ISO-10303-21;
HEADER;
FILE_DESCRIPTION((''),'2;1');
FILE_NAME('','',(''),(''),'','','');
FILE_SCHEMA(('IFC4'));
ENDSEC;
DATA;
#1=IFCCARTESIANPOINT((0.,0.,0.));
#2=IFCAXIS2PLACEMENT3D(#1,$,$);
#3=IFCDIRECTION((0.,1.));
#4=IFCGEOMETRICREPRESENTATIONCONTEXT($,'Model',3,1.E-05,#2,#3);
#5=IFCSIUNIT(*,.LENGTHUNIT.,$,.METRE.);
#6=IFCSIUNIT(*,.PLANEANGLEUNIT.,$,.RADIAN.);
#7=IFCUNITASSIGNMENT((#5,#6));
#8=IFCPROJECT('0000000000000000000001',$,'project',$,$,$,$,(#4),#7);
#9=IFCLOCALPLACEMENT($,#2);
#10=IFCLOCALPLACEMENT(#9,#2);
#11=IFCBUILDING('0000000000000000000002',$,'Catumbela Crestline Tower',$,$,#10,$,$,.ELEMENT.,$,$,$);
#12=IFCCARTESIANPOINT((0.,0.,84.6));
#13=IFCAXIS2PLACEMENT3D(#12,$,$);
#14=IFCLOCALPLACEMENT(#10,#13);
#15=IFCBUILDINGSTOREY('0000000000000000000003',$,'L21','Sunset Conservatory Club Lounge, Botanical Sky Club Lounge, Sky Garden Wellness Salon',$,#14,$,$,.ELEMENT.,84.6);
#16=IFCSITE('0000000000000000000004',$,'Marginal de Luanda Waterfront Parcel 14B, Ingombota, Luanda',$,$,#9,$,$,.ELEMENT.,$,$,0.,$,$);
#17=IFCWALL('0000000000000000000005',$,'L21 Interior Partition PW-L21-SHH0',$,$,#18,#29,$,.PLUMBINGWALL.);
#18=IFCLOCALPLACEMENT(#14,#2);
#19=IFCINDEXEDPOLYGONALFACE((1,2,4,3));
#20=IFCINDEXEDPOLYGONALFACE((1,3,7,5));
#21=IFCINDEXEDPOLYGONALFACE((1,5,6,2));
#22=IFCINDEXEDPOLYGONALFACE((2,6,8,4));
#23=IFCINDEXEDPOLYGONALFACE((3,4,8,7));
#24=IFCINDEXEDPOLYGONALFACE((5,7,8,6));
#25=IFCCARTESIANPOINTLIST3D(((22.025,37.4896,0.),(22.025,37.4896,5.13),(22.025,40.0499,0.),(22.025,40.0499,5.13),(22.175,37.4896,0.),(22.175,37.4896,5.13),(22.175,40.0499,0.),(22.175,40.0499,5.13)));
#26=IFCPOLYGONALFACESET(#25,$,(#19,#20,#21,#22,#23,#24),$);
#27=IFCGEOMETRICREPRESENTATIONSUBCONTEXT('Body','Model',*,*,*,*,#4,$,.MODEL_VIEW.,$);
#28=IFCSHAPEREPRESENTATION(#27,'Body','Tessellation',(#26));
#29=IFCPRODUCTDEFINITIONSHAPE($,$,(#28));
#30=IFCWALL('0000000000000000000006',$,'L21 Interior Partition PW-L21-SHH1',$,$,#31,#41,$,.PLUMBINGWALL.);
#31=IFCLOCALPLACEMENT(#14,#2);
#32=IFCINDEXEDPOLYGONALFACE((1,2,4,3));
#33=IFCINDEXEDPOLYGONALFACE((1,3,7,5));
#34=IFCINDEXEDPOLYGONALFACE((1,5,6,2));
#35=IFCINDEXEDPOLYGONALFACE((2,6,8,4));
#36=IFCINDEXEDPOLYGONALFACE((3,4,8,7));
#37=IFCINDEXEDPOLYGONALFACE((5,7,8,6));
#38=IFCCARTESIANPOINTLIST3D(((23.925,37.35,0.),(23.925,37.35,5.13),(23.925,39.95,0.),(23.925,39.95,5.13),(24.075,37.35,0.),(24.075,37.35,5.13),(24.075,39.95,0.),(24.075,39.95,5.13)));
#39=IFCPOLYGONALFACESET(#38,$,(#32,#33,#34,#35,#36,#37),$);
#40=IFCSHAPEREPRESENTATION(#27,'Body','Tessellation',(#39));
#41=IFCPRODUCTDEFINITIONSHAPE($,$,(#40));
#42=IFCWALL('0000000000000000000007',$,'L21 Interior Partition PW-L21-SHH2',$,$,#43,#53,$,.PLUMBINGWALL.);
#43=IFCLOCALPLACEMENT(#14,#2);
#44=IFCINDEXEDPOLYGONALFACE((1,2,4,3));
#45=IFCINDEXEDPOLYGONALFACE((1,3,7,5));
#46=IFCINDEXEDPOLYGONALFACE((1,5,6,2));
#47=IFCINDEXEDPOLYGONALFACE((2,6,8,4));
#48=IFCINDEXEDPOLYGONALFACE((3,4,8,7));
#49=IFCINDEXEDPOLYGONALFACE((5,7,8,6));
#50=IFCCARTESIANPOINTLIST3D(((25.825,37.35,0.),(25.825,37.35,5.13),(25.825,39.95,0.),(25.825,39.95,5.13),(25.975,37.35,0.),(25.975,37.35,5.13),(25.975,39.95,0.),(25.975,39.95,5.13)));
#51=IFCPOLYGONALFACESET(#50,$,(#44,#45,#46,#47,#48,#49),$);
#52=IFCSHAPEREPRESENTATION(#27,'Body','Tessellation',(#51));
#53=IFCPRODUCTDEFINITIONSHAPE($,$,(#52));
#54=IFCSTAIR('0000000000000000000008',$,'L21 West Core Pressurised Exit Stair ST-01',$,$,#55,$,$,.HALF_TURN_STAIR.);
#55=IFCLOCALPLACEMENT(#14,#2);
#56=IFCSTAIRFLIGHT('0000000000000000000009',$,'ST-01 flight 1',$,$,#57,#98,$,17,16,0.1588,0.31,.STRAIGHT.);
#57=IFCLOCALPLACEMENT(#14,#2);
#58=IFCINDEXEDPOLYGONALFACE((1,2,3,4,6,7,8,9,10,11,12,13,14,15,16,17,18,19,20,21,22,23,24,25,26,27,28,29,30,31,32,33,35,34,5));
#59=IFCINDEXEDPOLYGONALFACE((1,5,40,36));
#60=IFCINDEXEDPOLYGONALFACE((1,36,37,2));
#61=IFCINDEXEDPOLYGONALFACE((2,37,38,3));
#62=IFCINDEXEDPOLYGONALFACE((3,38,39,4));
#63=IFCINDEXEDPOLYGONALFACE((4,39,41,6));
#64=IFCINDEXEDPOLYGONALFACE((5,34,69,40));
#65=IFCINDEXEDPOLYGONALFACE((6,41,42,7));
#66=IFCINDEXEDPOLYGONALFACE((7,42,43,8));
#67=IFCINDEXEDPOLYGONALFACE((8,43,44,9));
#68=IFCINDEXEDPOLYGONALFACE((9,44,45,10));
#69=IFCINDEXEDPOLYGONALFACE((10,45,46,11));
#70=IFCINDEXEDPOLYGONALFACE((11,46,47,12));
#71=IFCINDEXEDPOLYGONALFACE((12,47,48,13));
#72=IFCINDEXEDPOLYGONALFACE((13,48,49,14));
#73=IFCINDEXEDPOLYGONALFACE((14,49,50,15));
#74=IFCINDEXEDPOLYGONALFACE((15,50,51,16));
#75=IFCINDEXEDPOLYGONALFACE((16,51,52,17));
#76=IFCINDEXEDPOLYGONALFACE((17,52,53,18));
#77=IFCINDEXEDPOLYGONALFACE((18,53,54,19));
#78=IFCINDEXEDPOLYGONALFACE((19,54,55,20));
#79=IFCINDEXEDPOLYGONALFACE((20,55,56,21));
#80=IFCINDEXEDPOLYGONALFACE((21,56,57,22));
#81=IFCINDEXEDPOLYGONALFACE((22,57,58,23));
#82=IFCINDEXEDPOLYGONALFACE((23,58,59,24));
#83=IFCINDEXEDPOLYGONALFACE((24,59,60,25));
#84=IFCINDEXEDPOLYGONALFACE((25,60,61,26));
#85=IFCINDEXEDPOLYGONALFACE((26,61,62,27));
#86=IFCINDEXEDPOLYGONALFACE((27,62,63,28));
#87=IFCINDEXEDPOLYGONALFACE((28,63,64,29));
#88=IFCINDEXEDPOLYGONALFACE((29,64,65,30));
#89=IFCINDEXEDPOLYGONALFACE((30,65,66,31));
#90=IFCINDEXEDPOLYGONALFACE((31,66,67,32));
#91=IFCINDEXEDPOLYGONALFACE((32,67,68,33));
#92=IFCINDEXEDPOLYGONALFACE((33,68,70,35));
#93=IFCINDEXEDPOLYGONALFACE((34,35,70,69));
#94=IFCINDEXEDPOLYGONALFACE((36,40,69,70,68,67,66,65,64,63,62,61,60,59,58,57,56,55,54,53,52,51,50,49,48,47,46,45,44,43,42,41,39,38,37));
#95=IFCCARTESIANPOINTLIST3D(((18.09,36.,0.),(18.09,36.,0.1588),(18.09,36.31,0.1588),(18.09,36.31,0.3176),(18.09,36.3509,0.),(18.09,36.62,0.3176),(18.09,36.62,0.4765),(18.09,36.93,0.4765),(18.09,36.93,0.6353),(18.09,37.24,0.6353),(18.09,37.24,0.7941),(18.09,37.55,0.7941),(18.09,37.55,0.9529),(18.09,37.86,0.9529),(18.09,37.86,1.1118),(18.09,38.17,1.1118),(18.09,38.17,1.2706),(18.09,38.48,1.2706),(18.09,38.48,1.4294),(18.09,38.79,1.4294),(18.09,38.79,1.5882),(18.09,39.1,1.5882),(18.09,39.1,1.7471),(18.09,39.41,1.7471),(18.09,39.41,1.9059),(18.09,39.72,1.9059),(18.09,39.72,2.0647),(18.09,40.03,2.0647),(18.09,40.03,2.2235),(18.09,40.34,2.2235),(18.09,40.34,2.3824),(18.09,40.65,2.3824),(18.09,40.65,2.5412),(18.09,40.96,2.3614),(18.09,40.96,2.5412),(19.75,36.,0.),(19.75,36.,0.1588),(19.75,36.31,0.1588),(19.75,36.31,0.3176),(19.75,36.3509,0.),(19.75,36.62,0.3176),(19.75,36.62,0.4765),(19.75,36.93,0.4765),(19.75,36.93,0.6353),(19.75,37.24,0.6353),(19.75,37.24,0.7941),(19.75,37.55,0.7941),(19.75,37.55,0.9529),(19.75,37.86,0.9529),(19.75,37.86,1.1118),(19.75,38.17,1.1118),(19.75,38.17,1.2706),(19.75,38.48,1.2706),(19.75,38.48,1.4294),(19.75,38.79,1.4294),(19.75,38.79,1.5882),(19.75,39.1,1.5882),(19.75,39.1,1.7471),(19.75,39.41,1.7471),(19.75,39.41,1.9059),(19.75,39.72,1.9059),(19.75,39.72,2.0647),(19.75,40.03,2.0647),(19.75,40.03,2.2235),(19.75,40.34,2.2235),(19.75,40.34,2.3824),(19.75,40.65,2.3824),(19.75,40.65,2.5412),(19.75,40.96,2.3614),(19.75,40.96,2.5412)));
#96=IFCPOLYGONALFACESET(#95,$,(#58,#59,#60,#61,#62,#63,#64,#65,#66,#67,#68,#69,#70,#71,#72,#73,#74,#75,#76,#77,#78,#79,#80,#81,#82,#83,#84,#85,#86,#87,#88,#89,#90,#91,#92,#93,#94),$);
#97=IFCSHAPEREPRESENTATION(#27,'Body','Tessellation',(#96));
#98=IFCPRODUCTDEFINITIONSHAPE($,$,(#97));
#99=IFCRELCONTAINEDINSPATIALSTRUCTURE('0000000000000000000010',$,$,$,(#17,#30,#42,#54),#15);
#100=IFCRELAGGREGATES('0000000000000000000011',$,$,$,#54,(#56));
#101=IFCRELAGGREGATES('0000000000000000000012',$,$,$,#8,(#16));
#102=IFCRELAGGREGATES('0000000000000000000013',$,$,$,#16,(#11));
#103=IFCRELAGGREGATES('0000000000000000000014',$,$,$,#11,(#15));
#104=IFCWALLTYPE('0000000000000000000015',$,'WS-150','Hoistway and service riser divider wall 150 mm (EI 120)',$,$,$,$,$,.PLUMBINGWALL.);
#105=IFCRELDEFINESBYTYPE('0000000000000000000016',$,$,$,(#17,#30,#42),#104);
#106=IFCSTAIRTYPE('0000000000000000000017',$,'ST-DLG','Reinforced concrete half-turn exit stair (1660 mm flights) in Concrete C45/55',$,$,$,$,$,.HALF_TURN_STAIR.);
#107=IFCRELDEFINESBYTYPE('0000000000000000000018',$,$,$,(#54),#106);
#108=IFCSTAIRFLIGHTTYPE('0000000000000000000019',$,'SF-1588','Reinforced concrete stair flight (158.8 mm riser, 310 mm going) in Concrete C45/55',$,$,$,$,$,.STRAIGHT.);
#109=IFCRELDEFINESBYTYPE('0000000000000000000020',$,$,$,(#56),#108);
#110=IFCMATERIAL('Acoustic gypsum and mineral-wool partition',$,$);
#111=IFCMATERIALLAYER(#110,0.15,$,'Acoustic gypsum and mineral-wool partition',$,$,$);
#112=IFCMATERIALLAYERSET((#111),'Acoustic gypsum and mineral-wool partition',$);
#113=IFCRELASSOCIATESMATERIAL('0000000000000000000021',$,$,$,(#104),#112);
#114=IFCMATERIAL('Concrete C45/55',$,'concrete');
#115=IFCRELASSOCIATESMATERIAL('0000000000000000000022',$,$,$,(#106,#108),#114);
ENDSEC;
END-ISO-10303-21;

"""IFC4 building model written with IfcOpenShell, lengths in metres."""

from ifc_helpers import new_model, si_unit, direction, frame, frame_2d, origin, place, context, subcontext, project, spatial, polyline, rectangle, outline, extrude, material, layer, layer_set, type_object, element, aggregate, save


model = new_model("IFC4")

# Units and contexts
model_context = context("Model", 3, precision=1e-05, world=origin(), true_north=direction((0.0, 1.0)))
body_context = subcontext(model_context, "Body", "Model", "MODEL_VIEW")
ifc_project = project(units=[si_unit("LENGTHUNIT", "METRE"), si_unit("PLANEANGLEUNIT", "RADIAN")], contexts=[model_context])

# Site, building, storey
site_placement = place(None, origin())
site = spatial("IfcSite", under=ifc_project, at=site_placement, Name="Marginal de Luanda Waterfront Parcel 14B, Ingombota, Luanda", CompositionType="ELEMENT", RefElevation=0.0)
building_placement = place(site_placement, origin())
building = spatial("IfcBuilding", under=site, at=building_placement, Name="Catumbela Crestline Tower", CompositionType="ELEMENT")
storey_placement = place(building_placement, frame((0.0, 0.0, 84.6)))
storey = spatial("IfcBuildingStorey", under=building, at=storey_placement, Name="L21", Description="Sunset Conservatory Club Lounge, Botanical Sky Club Lounge, Sky Garden Wellness Salon", CompositionType="ELEMENT", Elevation=84.6)

# Shared definitions
ifc_material_1 = material(Name="Acoustic gypsum and mineral-wool partition")

# Walls
ifc_layer_1 = layer(ifc_material_1, 0.15, Name="Acoustic gypsum and mineral-wool partition")
ifc_layer_set_1 = layer_set([ifc_layer_1], Name="Acoustic gypsum and mineral-wool partition")
wall_type_1 = type_object("IfcWallType", Name="WS-150", Description="Hoistway and service riser divider wall 150 mm (EI 120)", PredefinedType="PLUMBINGWALL", material=ifc_layer_set_1)
wall_1_placement = place(storey_placement, frame((22.1, 37.4897, 0.0), z_axis=(0.0, 0.0, 1.0), x_axis=(0.0, 1.0, 0.0)))
element("IfcWall", 1, at=wall_1_placement, inside=storey, type_object=wall_type_1, Name="L21 Interior Partition PW-L21-SHH0", PredefinedType="PLUMBINGWALL", context=body_context, shape_type="SweptSolid", body=[
    extrude(rectangle(XDim=2.5603, YDim=0.15, at=frame_2d((1.2801, 0.0))), origin(), (0.0, 0.0, 1.0), 5.13),
])
for number, where, z_axis, x_axis, name in (
    (2, (24.0, 37.35, 0.0), (0.0, 0.0, 1.0), (0.0, 1.0, 0.0), "L21 Interior Partition PW-L21-SHH1"),
    (3, (25.9, 37.35, 0.0), (0.0, 0.0, 1.0), (0.0, 1.0, 0.0), "L21 Interior Partition PW-L21-SHH2"),
):
    element("IfcWall", number, at=place(storey_placement, frame(where, z_axis=z_axis, x_axis=x_axis)), inside=storey, type_object=wall_type_1, Name=name, PredefinedType="PLUMBINGWALL", context=body_context, shape_type="SweptSolid", body=[
        extrude(rectangle(XDim=2.6, YDim=0.15, at=frame_2d((1.3, 0.0))), origin(), (0.0, 0.0, 1.0), 5.13),
    ])

# Stair, stair flight
ifc_material_2 = material(Name="Concrete C45/55", Category="concrete")
stair_type = type_object("IfcStairType", Name="ST-DLG", Description="Reinforced concrete half-turn exit stair (1660 mm flights) in Concrete C45/55", PredefinedType="HALF_TURN_STAIR", material=ifc_material_2)
stair_placement = place(storey_placement, origin())
stair = element("IfcStair", 4, at=stair_placement, inside=storey, type_object=stair_type, Name="L21 West Core Pressurised Exit Stair ST-01", PredefinedType="HALF_TURN_STAIR")
stair_flight_type = type_object("IfcStairFlightType", Name="SF-1588", Description="Reinforced concrete stair flight (158.8 mm riser, 310 mm going) in Concrete C45/55", PredefinedType="STRAIGHT", material=ifc_material_2)
stair_flight_placement = place(storey_placement, frame((18.92, 36.0, 0.0), z_axis=(0.0, 0.0, 1.0), x_axis=(0.0, 1.0, 0.0)))
stair_flight = element("IfcStairFlight", 5, at=stair_flight_placement, type_object=stair_flight_type, Name="ST-01 flight 1", NumberOfRisers=17, NumberOfTreads=16, PredefinedType="STRAIGHT", RiserHeight=0.1588, TreadLength=0.31, context=body_context, shape_type="SweptSolid", body=[
    extrude(outline(polyline([(0.0, 0.0), (0.0, 0.1588), (0.31, 0.1588), (0.31, 0.3176), (0.62, 0.3176), (0.62, 0.4765), (0.93, 0.4765), (0.93, 0.6353), (1.24, 0.6353), (1.24, 0.7941), (1.55, 0.7941), (1.55, 0.9529), (1.86, 0.9529), (1.86, 1.1118), (2.17, 1.1118), (2.17, 1.2706), (2.48, 1.2706), (2.48, 1.4294), (2.79, 1.4294), (2.79, 1.5882), (3.1, 1.5882), (3.1, 1.7471), (3.41, 1.7471), (3.41, 1.9059), (3.72, 1.9059), (3.72, 2.0647), (4.03, 2.0647), (4.03, 2.2235), (4.34, 2.2235), (4.34, 2.3824), (4.65, 2.3824), (4.65, 2.5412), (4.96, 2.5412), (4.96, 2.7), (4.96, 2.3614), (0.3509, 0.0), (0.0, 0.0)])), frame((0.0, 0.83, 0.0), z_axis=(0.0, -1.0, 0.0), x_axis=(1.0, 0.0, 0.0)), (0.0, 0.0, 1.0), 1.66),
])
aggregate(stair, [stair_flight])

save(model, "model.ifc")
